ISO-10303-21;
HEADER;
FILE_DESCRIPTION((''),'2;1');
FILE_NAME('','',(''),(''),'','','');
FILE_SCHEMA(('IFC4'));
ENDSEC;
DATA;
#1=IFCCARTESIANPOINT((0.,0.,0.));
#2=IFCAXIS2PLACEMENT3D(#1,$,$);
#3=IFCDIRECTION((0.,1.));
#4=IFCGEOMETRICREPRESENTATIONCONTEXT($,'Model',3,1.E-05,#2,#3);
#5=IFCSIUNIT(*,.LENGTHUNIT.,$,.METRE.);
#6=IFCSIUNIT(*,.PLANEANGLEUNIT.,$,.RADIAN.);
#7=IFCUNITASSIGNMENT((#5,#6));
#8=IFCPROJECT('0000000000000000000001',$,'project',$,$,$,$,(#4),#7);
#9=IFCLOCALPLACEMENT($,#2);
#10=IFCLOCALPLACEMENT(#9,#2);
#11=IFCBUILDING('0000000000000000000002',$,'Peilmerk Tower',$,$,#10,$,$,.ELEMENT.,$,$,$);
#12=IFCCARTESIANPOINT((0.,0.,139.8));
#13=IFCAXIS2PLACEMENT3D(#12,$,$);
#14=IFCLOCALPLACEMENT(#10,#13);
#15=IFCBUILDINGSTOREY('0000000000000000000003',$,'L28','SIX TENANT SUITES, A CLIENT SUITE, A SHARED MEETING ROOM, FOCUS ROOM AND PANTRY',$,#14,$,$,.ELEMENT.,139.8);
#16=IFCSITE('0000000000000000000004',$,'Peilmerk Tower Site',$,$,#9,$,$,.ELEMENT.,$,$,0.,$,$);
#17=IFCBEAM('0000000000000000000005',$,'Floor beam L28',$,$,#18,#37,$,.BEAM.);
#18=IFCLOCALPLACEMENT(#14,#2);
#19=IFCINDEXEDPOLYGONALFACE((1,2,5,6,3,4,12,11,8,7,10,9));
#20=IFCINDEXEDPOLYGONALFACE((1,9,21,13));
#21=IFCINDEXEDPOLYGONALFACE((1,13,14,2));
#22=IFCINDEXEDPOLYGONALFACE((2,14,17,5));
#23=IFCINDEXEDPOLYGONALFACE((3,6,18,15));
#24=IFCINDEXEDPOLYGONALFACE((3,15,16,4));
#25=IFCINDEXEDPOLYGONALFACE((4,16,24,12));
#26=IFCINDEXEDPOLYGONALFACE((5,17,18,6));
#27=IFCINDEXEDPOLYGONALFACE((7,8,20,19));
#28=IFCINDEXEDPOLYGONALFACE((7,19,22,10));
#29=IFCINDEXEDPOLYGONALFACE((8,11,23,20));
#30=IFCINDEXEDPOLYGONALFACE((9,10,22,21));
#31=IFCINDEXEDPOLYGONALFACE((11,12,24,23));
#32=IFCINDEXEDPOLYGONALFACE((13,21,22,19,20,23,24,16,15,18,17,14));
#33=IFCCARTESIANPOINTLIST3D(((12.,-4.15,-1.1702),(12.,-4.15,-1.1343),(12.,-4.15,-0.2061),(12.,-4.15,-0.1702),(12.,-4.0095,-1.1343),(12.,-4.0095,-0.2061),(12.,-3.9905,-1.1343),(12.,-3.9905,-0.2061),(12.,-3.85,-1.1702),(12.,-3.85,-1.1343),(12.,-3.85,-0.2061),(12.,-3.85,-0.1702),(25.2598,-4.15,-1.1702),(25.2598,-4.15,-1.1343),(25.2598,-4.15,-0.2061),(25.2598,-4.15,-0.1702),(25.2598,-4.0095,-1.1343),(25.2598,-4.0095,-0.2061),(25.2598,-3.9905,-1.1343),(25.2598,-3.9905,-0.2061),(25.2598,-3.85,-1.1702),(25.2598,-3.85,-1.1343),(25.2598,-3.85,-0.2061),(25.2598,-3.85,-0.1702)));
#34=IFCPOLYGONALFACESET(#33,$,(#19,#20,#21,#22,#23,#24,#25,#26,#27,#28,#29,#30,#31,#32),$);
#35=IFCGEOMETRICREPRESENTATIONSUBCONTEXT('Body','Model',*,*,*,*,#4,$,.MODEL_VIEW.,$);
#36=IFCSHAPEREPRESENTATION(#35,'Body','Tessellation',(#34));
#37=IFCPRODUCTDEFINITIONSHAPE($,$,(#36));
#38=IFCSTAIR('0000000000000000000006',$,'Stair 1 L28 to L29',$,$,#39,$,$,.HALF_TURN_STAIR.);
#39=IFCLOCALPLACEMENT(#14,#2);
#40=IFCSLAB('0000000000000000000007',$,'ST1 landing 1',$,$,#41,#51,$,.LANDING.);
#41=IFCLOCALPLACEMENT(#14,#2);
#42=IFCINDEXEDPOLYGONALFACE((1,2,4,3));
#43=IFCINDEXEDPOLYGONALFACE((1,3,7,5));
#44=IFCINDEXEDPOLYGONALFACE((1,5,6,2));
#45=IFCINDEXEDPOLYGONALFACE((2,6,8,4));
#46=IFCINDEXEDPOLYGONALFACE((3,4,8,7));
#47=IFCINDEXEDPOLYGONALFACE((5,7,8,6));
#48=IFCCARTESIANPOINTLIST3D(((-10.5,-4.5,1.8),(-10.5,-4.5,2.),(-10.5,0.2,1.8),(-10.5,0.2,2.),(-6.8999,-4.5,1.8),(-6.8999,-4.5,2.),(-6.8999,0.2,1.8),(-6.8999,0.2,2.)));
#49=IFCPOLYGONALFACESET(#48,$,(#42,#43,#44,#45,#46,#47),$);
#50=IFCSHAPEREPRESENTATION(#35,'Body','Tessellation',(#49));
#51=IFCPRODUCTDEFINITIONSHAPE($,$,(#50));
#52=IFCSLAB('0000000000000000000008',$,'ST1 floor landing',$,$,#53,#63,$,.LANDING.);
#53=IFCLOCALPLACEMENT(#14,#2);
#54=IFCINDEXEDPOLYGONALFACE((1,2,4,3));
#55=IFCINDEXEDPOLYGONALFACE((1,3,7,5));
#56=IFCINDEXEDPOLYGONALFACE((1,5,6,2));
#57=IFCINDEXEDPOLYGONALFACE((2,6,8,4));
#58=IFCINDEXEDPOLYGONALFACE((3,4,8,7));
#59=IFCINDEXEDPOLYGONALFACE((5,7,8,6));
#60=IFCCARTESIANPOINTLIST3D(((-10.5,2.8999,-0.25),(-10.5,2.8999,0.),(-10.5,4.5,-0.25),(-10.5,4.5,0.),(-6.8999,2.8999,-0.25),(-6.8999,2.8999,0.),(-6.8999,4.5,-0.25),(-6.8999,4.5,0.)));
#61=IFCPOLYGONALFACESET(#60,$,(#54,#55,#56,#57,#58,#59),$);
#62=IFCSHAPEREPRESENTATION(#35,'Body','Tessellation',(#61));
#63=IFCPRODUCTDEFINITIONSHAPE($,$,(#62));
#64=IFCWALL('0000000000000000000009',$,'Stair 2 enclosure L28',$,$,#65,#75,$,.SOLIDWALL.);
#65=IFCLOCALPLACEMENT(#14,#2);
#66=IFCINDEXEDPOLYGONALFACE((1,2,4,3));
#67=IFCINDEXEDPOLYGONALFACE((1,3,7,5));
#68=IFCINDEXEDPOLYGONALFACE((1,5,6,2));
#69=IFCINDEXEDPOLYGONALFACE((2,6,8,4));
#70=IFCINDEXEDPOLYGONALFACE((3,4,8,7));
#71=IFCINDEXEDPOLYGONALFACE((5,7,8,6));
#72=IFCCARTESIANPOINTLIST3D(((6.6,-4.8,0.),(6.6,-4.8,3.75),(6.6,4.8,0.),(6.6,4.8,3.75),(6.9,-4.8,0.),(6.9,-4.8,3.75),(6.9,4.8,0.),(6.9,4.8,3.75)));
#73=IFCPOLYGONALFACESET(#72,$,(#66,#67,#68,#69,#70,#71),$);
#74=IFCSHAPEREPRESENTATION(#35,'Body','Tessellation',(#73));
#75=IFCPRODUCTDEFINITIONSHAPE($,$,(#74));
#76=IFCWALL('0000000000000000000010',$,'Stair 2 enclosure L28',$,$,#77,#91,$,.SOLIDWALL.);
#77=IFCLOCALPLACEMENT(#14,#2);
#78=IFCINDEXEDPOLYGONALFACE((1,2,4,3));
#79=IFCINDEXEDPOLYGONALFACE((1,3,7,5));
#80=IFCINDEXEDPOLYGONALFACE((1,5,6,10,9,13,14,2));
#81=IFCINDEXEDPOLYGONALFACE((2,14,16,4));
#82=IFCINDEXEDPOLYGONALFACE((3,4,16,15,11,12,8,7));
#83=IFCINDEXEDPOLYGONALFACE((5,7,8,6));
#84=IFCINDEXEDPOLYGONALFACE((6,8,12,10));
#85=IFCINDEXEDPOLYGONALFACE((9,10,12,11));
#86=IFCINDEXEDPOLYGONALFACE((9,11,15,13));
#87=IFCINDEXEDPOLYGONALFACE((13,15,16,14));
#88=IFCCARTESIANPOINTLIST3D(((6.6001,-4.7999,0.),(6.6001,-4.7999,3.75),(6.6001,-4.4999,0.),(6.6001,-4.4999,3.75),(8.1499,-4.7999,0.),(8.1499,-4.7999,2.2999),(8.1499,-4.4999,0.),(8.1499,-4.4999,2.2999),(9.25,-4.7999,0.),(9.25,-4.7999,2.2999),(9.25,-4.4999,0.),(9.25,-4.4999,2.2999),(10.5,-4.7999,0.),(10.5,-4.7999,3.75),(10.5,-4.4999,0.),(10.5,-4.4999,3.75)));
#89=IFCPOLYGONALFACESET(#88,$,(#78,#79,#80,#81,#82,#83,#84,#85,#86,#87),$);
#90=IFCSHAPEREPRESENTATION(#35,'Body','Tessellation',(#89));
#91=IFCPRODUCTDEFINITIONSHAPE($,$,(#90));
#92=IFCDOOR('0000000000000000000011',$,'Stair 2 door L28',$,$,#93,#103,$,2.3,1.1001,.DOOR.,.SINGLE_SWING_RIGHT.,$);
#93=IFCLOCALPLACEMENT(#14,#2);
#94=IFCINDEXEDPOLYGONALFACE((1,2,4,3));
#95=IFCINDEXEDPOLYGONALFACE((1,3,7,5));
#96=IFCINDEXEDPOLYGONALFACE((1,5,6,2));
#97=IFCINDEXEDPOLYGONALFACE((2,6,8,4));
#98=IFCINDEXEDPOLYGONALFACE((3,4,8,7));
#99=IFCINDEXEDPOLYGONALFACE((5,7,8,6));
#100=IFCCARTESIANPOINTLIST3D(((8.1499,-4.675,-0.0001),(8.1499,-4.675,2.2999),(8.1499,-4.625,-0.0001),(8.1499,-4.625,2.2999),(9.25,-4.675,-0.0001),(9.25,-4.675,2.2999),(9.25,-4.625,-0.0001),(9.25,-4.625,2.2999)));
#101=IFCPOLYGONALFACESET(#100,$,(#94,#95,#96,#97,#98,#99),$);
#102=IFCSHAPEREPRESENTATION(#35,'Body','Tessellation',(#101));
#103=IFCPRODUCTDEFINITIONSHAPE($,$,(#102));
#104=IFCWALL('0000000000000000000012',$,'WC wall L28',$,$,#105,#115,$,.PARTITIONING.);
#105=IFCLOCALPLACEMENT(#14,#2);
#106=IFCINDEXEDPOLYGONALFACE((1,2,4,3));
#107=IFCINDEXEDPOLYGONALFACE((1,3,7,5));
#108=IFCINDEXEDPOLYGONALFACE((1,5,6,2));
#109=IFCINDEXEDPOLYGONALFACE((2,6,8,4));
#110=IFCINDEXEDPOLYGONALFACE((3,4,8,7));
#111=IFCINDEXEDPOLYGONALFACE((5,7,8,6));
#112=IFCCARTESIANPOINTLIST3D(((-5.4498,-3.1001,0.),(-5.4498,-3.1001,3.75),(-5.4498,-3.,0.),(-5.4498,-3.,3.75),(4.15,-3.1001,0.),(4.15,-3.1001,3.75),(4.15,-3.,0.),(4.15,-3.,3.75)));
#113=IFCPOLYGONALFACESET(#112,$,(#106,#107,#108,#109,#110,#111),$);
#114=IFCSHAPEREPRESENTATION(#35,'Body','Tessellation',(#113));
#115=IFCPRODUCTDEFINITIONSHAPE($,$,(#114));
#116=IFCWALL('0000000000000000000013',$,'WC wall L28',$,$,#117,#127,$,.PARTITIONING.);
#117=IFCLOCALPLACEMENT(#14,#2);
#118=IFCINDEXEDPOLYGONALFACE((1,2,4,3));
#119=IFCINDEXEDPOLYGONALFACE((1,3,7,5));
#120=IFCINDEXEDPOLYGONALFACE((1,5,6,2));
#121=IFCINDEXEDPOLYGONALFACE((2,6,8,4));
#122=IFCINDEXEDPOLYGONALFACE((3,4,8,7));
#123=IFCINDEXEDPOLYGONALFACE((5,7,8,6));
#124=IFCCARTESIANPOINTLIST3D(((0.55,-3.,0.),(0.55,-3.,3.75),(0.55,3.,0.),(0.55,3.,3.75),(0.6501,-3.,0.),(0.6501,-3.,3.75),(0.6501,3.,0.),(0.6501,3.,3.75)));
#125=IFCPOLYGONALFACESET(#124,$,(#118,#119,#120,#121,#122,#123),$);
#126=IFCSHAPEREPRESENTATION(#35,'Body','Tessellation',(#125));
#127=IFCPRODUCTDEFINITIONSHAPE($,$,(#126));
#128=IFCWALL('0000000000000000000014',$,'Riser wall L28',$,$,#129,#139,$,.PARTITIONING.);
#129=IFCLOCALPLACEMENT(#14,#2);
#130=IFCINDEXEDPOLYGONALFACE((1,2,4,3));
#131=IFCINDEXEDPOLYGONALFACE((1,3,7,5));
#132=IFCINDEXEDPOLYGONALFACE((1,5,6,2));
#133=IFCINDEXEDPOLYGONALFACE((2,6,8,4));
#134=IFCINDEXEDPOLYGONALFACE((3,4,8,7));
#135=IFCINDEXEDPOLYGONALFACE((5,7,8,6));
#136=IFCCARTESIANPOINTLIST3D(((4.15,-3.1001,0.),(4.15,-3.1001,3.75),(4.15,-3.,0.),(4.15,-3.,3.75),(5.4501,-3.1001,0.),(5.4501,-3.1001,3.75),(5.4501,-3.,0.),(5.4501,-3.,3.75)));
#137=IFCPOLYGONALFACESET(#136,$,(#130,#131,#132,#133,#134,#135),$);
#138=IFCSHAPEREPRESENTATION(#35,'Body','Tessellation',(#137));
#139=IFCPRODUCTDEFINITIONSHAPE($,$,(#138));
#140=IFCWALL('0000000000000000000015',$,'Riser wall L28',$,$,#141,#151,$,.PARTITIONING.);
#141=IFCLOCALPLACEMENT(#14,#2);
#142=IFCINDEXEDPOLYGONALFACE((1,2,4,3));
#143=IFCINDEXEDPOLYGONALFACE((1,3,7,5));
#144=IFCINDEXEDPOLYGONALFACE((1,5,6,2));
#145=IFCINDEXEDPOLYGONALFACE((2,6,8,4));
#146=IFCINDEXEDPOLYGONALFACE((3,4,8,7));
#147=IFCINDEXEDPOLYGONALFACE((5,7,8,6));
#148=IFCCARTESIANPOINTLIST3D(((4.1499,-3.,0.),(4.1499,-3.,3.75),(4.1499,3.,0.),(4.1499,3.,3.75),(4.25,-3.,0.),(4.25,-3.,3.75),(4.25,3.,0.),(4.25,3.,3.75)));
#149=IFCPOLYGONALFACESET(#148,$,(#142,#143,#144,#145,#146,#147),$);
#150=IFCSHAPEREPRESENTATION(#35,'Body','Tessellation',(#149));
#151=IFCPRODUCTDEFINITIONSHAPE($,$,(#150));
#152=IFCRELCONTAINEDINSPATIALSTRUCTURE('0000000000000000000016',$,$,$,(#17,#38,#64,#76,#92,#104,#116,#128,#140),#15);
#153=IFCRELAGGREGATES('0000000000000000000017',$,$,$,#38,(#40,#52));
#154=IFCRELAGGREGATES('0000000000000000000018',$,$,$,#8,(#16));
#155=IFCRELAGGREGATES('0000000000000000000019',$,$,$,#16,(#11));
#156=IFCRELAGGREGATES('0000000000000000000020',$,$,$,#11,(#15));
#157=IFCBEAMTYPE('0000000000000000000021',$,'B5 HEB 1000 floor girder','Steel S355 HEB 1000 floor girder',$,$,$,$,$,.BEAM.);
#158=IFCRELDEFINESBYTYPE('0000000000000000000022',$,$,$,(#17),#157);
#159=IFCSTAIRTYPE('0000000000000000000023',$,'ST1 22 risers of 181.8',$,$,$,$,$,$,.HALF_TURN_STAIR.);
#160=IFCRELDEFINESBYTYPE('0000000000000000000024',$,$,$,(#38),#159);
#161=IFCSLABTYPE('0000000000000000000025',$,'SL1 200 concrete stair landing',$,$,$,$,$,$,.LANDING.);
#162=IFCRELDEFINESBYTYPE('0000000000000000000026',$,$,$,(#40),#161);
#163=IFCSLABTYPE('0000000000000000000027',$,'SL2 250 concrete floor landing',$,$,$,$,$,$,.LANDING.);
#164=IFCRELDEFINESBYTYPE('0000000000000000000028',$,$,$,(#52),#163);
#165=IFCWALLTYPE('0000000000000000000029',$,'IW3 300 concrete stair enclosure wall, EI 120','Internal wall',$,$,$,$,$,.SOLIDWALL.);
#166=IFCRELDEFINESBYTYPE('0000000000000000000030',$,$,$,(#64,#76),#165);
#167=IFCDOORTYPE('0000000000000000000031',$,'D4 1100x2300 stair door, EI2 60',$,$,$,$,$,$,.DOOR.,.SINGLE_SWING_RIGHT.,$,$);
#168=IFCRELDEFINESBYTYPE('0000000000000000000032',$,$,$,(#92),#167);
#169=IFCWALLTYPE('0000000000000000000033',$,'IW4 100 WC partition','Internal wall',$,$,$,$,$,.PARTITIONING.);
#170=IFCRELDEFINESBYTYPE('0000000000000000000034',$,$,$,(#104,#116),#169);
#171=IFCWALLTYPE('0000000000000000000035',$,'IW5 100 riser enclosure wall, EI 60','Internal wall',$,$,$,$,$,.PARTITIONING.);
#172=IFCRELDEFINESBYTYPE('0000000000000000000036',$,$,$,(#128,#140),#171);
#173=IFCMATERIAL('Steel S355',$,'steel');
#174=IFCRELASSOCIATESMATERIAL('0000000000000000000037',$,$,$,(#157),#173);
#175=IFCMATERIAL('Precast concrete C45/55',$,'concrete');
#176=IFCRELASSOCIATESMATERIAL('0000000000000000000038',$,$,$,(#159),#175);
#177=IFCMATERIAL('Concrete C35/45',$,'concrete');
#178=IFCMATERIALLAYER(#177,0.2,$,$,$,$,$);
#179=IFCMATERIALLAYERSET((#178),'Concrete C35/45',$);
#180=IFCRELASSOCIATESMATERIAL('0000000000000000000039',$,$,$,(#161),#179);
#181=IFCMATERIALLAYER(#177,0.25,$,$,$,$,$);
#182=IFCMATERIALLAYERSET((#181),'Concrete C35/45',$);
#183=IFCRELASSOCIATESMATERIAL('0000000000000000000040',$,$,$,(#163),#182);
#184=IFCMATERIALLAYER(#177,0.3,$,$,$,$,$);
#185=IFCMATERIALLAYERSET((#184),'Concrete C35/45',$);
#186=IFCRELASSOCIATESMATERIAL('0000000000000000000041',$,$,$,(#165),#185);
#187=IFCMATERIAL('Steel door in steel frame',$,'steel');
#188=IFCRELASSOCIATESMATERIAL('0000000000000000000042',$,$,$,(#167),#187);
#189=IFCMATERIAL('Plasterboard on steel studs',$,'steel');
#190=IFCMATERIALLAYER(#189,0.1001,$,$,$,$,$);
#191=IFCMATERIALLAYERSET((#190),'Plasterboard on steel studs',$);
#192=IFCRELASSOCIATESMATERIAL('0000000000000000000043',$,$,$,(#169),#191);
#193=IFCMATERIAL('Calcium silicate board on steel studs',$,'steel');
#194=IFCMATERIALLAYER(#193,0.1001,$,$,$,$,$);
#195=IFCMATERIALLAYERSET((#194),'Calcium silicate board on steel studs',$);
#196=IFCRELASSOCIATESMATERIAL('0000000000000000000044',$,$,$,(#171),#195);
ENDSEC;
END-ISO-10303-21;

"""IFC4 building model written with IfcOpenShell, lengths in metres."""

from ifc_helpers import new_model, si_unit, direction, frame, frame_2d, origin, origin_2d, place, context, subcontext, project, spatial, polyline, rectangle, i_section, outline, extrude, material, layer, layer_set, material_profile, profile_set, type_object, element, fill, aggregate, save


model = new_model("IFC4")

# Units and contexts
model_context = context("Model", 3, precision=1e-05, world=origin(), true_north=direction((0.0, 1.0)))
body_context = subcontext(model_context, "Body", "Model", "MODEL_VIEW")
ifc_project = project(units=[si_unit("LENGTHUNIT", "METRE"), si_unit("PLANEANGLEUNIT", "RADIAN")], contexts=[model_context])

# Site, building, storey
site_placement = place(None, origin())
site = spatial("IfcSite", under=ifc_project, at=site_placement, Name="Peilmerk Tower Site", CompositionType="ELEMENT", RefElevation=0.0)
building_placement = place(site_placement, origin())
building = spatial("IfcBuilding", under=site, at=building_placement, Name="Peilmerk Tower", CompositionType="ELEMENT")
storey_placement = place(building_placement, frame((0.0, 0.0, 139.8)))
storey = spatial("IfcBuildingStorey", under=building, at=storey_placement, Name="L28", Description="SIX TENANT SUITES, A CLIENT SUITE, A SHARED MEETING ROOM, FOCUS ROOM AND PANTRY", CompositionType="ELEMENT", Elevation=139.8)

# Beam
ifc_material_1 = material(Name="Steel S355", Category="steel")
ifc_material_profile = material_profile(ifc_material_1, i_section(OverallWidth=0.3, OverallDepth=1.0, WebThickness=0.019, FlangeThickness=0.0359, at=origin_2d()), Name="HEB 1000")
ifc_profile_set = profile_set([ifc_material_profile], Name="Steel S355")
beam_type = type_object("IfcBeamType", Name="B5 HEB 1000 floor girder", Description="Steel S355 HEB 1000 floor girder", PredefinedType="BEAM", material=ifc_profile_set)
beam_placement = place(storey_placement, frame((12.0, -4.0, -0.6702), z_axis=(1.0, 0.0, 0.0), x_axis=(0.0, 1.0, 0.0)))
element("IfcBeam", 1, at=beam_placement, inside=storey, type_object=beam_type, Name="Floor beam L28", PredefinedType="BEAM", context=body_context, shape_type="SweptSolid", body=[
    extrude(i_section(OverallWidth=0.3, OverallDepth=1.0, WebThickness=0.019, FlangeThickness=0.0359, at=origin_2d()), origin(), (0.0, 0.0, 1.0), 13.2598),
])

# Stair, slabs
ifc_material_2 = material(Name="Precast concrete C45/55", Category="concrete")
stair_type_1 = type_object("IfcStairType", Name="ST1 22 risers of 181.8", PredefinedType="HALF_TURN_STAIR", material=ifc_material_2)
stair_1_placement = place(storey_placement, origin())
stair_1 = element("IfcStair", 2, at=stair_1_placement, inside=storey, type_object=stair_type_1, Name="Stair 1 L28 to L29", PredefinedType="HALF_TURN_STAIR")
ifc_material_3 = material(Name="Concrete C35/45", Category="concrete")
ifc_layer_1 = layer(ifc_material_3, 0.2)
ifc_layer_set_1 = layer_set([ifc_layer_1], Name="Concrete C35/45")
slab_type_1 = type_object("IfcSlabType", Name="SL1 200 concrete stair landing", PredefinedType="LANDING", material=ifc_layer_set_1)
slab_1_placement = place(storey_placement, frame((0.0, 0.0, 1.8)))
slab_1 = element("IfcSlab", 3, at=slab_1_placement, type_object=slab_type_1, Name="ST1 landing 1", PredefinedType="LANDING", context=body_context, shape_type="SweptSolid", body=[
    extrude(outline(polyline([(-10.5, -4.5), (-6.8999, -4.5), (-6.8999, 0.2), (-10.5, 0.2), (-10.5, -4.5)])), origin(), (0.0, 0.0, 1.0), 0.2),
])
ifc_layer_2 = layer(ifc_material_3, 0.25)
ifc_layer_set_2 = layer_set([ifc_layer_2], Name="Concrete C35/45")
slab_type_2 = type_object("IfcSlabType", Name="SL2 250 concrete floor landing", PredefinedType="LANDING", material=ifc_layer_set_2)
slab_2_placement = place(storey_placement, frame((0.0, 0.0, -0.25)))
slab_2 = element("IfcSlab", 4, at=slab_2_placement, type_object=slab_type_2, Name="ST1 floor landing", PredefinedType="LANDING", context=body_context, shape_type="SweptSolid", body=[
    extrude(outline(polyline([(-10.5, 2.8999), (-6.8999, 2.8999), (-6.8999, 4.5), (-10.5, 4.5), (-10.5, 2.8999)])), origin(), (0.0, 0.0, 1.0), 0.25),
])
aggregate(stair_1, [slab_1, slab_2])

# Wall
ifc_layer_3 = layer(ifc_material_3, 0.3)
ifc_layer_set_3 = layer_set([ifc_layer_3], Name="Concrete C35/45")
wall_type_1 = type_object("IfcWallType", Name="IW3 300 concrete stair enclosure wall, EI 120", Description="Internal wall", PredefinedType="SOLIDWALL", material=ifc_layer_set_3)
wall_1_placement = place(storey_placement, frame((6.75, -4.8, 0.0), z_axis=(0.0, 0.0, 1.0), x_axis=(0.0, 1.0, 0.0)))
element("IfcWall", 5, at=wall_1_placement, inside=storey, type_object=wall_type_1, Name="Stair 2 enclosure L28", PredefinedType="SOLIDWALL", context=body_context, shape_type="SweptSolid", body=[
    extrude(rectangle(XDim=9.6001, YDim=0.3, at=frame_2d((4.8, 0.0))), origin(), (0.0, 0.0, 1.0), 3.75),
])

# Wall, opening, door
wall_2_placement = place(storey_placement, frame((10.5, -4.6499, 0.0), z_axis=(0.0, 0.0, 1.0), x_axis=(-1.0, 0.0, 0.0)))
wall_2 = element("IfcWall", 6, at=wall_2_placement, inside=storey, type_object=wall_type_1, Name="Stair 2 enclosure L28", PredefinedType="SOLIDWALL", context=body_context, shape_type="SweptSolid", body=[
    extrude(rectangle(XDim=3.8999, YDim=0.3, at=frame_2d((1.95, 0.0))), origin(), (0.0, 0.0, 1.0), 3.75),
])
opening_1_placement = place(wall_2_placement, frame((1.25, 0.0, 0.0)))
opening_1 = element("IfcOpeningElement", 7, at=opening_1_placement, cuts=wall_2, PredefinedType="OPENING", context=body_context, shape_type="SweptSolid", body=[
    extrude(rectangle(XDim=1.1001, YDim=2.3, at=frame_2d((0.55, 1.1499))), frame((0.0, 0.1599, 0.0), z_axis=(0.0, -1.0, 0.0), x_axis=(1.0, 0.0, 0.0)), (0.0, 0.0, 1.0), 0.3201),
])
ifc_material_4 = material(Name="Steel door in steel frame", Category="steel")
door_type_1 = type_object("IfcDoorType", Name="D4 1100x2300 stair door, EI2 60", OperationType="SINGLE_SWING_RIGHT", PredefinedType="DOOR", material=ifc_material_4)
door_1_placement = place(opening_1_placement, frame((1.1001, 0.0, 0.0), z_axis=(0.0, 0.0, 1.0), x_axis=(-1.0, 0.0, 0.0)))
door_1 = element("IfcDoor", 8, at=door_1_placement, inside=storey, type_object=door_type_1, Name="Stair 2 door L28", OperationType="SINGLE_SWING_RIGHT", OverallHeight=2.3, OverallWidth=1.1001, PredefinedType="DOOR", context=body_context, shape_type="SweptSolid", body=[
    extrude(rectangle(XDim=1.1001, YDim=2.3, at=frame_2d((0.55, 1.1499))), frame((0.0, 0.0249, 0.0), z_axis=(0.0, -1.0, 0.0), x_axis=(1.0, 0.0, 0.0)), (0.0, 0.0, 1.0), 0.05),
])
fill(opening_1, door_1)

# Walls
ifc_material_5 = material(Name="Plasterboard on steel studs", Category="steel")
ifc_layer_4 = layer(ifc_material_5, 0.1001)
ifc_layer_set_4 = layer_set([ifc_layer_4], Name="Plasterboard on steel studs")
wall_type_2 = type_object("IfcWallType", Name="IW4 100 WC partition", Description="Internal wall", PredefinedType="PARTITIONING", material=ifc_layer_set_4)
wall_3_placement = place(storey_placement, frame((4.1499, -3.05, 0.0), z_axis=(0.0, 0.0, 1.0), x_axis=(-1.0, 0.0, 0.0)))
element("IfcWall", 9, at=wall_3_placement, inside=storey, type_object=wall_type_2, Name="WC wall L28", PredefinedType="PARTITIONING", context=body_context, shape_type="SweptSolid", body=[
    extrude(rectangle(XDim=9.5999, YDim=0.1001, at=frame_2d((4.7998, 0.0))), origin(), (0.0, 0.0, 1.0), 3.75),
])
wall_4_placement = place(storey_placement, frame((0.6001, -3.0, 0.0), z_axis=(0.0, 0.0, 1.0), x_axis=(0.0, 1.0, 0.0)))
element("IfcWall", 10, at=wall_4_placement, inside=storey, type_object=wall_type_2, Name="WC wall L28", PredefinedType="PARTITIONING", context=body_context, shape_type="SweptSolid", body=[
    extrude(rectangle(XDim=6.0, YDim=0.1001, at=frame_2d((3.0, 0.0))), origin(), (0.0, 0.0, 1.0), 3.75),
])
ifc_material_6 = material(Name="Calcium silicate board on steel studs", Category="steel")
ifc_layer_5 = layer(ifc_material_6, 0.1001)
ifc_layer_set_5 = layer_set([ifc_layer_5], Name="Calcium silicate board on steel studs")
wall_type_3 = type_object("IfcWallType", Name="IW5 100 riser enclosure wall, EI 60", Description="Internal wall", PredefinedType="PARTITIONING", material=ifc_layer_set_5)
wall_5_placement = place(storey_placement, frame((5.45, -3.05, 0.0), z_axis=(0.0, 0.0, 1.0), x_axis=(-1.0, 0.0, 0.0)))
element("IfcWall", 11, at=wall_5_placement, inside=storey, type_object=wall_type_3, Name="Riser wall L28", PredefinedType="PARTITIONING", context=body_context, shape_type="SweptSolid", body=[
    extrude(rectangle(XDim=1.3, YDim=0.1001, at=frame_2d((0.6499, 0.0))), origin(), (0.0, 0.0, 1.0), 3.75),
])
wall_6_placement = place(storey_placement, frame((4.2, -3.0, 0.0), z_axis=(0.0, 0.0, 1.0), x_axis=(0.0, 1.0, 0.0)))
element("IfcWall", 12, at=wall_6_placement, inside=storey, type_object=wall_type_3, Name="Riser wall L28", PredefinedType="PARTITIONING", context=body_context, shape_type="SweptSolid", body=[
    extrude(rectangle(XDim=6.0, YDim=0.1001, at=frame_2d((3.0, 0.0))), origin(), (0.0, 0.0, 1.0), 3.75),
])

save(model, "model.ifc")
